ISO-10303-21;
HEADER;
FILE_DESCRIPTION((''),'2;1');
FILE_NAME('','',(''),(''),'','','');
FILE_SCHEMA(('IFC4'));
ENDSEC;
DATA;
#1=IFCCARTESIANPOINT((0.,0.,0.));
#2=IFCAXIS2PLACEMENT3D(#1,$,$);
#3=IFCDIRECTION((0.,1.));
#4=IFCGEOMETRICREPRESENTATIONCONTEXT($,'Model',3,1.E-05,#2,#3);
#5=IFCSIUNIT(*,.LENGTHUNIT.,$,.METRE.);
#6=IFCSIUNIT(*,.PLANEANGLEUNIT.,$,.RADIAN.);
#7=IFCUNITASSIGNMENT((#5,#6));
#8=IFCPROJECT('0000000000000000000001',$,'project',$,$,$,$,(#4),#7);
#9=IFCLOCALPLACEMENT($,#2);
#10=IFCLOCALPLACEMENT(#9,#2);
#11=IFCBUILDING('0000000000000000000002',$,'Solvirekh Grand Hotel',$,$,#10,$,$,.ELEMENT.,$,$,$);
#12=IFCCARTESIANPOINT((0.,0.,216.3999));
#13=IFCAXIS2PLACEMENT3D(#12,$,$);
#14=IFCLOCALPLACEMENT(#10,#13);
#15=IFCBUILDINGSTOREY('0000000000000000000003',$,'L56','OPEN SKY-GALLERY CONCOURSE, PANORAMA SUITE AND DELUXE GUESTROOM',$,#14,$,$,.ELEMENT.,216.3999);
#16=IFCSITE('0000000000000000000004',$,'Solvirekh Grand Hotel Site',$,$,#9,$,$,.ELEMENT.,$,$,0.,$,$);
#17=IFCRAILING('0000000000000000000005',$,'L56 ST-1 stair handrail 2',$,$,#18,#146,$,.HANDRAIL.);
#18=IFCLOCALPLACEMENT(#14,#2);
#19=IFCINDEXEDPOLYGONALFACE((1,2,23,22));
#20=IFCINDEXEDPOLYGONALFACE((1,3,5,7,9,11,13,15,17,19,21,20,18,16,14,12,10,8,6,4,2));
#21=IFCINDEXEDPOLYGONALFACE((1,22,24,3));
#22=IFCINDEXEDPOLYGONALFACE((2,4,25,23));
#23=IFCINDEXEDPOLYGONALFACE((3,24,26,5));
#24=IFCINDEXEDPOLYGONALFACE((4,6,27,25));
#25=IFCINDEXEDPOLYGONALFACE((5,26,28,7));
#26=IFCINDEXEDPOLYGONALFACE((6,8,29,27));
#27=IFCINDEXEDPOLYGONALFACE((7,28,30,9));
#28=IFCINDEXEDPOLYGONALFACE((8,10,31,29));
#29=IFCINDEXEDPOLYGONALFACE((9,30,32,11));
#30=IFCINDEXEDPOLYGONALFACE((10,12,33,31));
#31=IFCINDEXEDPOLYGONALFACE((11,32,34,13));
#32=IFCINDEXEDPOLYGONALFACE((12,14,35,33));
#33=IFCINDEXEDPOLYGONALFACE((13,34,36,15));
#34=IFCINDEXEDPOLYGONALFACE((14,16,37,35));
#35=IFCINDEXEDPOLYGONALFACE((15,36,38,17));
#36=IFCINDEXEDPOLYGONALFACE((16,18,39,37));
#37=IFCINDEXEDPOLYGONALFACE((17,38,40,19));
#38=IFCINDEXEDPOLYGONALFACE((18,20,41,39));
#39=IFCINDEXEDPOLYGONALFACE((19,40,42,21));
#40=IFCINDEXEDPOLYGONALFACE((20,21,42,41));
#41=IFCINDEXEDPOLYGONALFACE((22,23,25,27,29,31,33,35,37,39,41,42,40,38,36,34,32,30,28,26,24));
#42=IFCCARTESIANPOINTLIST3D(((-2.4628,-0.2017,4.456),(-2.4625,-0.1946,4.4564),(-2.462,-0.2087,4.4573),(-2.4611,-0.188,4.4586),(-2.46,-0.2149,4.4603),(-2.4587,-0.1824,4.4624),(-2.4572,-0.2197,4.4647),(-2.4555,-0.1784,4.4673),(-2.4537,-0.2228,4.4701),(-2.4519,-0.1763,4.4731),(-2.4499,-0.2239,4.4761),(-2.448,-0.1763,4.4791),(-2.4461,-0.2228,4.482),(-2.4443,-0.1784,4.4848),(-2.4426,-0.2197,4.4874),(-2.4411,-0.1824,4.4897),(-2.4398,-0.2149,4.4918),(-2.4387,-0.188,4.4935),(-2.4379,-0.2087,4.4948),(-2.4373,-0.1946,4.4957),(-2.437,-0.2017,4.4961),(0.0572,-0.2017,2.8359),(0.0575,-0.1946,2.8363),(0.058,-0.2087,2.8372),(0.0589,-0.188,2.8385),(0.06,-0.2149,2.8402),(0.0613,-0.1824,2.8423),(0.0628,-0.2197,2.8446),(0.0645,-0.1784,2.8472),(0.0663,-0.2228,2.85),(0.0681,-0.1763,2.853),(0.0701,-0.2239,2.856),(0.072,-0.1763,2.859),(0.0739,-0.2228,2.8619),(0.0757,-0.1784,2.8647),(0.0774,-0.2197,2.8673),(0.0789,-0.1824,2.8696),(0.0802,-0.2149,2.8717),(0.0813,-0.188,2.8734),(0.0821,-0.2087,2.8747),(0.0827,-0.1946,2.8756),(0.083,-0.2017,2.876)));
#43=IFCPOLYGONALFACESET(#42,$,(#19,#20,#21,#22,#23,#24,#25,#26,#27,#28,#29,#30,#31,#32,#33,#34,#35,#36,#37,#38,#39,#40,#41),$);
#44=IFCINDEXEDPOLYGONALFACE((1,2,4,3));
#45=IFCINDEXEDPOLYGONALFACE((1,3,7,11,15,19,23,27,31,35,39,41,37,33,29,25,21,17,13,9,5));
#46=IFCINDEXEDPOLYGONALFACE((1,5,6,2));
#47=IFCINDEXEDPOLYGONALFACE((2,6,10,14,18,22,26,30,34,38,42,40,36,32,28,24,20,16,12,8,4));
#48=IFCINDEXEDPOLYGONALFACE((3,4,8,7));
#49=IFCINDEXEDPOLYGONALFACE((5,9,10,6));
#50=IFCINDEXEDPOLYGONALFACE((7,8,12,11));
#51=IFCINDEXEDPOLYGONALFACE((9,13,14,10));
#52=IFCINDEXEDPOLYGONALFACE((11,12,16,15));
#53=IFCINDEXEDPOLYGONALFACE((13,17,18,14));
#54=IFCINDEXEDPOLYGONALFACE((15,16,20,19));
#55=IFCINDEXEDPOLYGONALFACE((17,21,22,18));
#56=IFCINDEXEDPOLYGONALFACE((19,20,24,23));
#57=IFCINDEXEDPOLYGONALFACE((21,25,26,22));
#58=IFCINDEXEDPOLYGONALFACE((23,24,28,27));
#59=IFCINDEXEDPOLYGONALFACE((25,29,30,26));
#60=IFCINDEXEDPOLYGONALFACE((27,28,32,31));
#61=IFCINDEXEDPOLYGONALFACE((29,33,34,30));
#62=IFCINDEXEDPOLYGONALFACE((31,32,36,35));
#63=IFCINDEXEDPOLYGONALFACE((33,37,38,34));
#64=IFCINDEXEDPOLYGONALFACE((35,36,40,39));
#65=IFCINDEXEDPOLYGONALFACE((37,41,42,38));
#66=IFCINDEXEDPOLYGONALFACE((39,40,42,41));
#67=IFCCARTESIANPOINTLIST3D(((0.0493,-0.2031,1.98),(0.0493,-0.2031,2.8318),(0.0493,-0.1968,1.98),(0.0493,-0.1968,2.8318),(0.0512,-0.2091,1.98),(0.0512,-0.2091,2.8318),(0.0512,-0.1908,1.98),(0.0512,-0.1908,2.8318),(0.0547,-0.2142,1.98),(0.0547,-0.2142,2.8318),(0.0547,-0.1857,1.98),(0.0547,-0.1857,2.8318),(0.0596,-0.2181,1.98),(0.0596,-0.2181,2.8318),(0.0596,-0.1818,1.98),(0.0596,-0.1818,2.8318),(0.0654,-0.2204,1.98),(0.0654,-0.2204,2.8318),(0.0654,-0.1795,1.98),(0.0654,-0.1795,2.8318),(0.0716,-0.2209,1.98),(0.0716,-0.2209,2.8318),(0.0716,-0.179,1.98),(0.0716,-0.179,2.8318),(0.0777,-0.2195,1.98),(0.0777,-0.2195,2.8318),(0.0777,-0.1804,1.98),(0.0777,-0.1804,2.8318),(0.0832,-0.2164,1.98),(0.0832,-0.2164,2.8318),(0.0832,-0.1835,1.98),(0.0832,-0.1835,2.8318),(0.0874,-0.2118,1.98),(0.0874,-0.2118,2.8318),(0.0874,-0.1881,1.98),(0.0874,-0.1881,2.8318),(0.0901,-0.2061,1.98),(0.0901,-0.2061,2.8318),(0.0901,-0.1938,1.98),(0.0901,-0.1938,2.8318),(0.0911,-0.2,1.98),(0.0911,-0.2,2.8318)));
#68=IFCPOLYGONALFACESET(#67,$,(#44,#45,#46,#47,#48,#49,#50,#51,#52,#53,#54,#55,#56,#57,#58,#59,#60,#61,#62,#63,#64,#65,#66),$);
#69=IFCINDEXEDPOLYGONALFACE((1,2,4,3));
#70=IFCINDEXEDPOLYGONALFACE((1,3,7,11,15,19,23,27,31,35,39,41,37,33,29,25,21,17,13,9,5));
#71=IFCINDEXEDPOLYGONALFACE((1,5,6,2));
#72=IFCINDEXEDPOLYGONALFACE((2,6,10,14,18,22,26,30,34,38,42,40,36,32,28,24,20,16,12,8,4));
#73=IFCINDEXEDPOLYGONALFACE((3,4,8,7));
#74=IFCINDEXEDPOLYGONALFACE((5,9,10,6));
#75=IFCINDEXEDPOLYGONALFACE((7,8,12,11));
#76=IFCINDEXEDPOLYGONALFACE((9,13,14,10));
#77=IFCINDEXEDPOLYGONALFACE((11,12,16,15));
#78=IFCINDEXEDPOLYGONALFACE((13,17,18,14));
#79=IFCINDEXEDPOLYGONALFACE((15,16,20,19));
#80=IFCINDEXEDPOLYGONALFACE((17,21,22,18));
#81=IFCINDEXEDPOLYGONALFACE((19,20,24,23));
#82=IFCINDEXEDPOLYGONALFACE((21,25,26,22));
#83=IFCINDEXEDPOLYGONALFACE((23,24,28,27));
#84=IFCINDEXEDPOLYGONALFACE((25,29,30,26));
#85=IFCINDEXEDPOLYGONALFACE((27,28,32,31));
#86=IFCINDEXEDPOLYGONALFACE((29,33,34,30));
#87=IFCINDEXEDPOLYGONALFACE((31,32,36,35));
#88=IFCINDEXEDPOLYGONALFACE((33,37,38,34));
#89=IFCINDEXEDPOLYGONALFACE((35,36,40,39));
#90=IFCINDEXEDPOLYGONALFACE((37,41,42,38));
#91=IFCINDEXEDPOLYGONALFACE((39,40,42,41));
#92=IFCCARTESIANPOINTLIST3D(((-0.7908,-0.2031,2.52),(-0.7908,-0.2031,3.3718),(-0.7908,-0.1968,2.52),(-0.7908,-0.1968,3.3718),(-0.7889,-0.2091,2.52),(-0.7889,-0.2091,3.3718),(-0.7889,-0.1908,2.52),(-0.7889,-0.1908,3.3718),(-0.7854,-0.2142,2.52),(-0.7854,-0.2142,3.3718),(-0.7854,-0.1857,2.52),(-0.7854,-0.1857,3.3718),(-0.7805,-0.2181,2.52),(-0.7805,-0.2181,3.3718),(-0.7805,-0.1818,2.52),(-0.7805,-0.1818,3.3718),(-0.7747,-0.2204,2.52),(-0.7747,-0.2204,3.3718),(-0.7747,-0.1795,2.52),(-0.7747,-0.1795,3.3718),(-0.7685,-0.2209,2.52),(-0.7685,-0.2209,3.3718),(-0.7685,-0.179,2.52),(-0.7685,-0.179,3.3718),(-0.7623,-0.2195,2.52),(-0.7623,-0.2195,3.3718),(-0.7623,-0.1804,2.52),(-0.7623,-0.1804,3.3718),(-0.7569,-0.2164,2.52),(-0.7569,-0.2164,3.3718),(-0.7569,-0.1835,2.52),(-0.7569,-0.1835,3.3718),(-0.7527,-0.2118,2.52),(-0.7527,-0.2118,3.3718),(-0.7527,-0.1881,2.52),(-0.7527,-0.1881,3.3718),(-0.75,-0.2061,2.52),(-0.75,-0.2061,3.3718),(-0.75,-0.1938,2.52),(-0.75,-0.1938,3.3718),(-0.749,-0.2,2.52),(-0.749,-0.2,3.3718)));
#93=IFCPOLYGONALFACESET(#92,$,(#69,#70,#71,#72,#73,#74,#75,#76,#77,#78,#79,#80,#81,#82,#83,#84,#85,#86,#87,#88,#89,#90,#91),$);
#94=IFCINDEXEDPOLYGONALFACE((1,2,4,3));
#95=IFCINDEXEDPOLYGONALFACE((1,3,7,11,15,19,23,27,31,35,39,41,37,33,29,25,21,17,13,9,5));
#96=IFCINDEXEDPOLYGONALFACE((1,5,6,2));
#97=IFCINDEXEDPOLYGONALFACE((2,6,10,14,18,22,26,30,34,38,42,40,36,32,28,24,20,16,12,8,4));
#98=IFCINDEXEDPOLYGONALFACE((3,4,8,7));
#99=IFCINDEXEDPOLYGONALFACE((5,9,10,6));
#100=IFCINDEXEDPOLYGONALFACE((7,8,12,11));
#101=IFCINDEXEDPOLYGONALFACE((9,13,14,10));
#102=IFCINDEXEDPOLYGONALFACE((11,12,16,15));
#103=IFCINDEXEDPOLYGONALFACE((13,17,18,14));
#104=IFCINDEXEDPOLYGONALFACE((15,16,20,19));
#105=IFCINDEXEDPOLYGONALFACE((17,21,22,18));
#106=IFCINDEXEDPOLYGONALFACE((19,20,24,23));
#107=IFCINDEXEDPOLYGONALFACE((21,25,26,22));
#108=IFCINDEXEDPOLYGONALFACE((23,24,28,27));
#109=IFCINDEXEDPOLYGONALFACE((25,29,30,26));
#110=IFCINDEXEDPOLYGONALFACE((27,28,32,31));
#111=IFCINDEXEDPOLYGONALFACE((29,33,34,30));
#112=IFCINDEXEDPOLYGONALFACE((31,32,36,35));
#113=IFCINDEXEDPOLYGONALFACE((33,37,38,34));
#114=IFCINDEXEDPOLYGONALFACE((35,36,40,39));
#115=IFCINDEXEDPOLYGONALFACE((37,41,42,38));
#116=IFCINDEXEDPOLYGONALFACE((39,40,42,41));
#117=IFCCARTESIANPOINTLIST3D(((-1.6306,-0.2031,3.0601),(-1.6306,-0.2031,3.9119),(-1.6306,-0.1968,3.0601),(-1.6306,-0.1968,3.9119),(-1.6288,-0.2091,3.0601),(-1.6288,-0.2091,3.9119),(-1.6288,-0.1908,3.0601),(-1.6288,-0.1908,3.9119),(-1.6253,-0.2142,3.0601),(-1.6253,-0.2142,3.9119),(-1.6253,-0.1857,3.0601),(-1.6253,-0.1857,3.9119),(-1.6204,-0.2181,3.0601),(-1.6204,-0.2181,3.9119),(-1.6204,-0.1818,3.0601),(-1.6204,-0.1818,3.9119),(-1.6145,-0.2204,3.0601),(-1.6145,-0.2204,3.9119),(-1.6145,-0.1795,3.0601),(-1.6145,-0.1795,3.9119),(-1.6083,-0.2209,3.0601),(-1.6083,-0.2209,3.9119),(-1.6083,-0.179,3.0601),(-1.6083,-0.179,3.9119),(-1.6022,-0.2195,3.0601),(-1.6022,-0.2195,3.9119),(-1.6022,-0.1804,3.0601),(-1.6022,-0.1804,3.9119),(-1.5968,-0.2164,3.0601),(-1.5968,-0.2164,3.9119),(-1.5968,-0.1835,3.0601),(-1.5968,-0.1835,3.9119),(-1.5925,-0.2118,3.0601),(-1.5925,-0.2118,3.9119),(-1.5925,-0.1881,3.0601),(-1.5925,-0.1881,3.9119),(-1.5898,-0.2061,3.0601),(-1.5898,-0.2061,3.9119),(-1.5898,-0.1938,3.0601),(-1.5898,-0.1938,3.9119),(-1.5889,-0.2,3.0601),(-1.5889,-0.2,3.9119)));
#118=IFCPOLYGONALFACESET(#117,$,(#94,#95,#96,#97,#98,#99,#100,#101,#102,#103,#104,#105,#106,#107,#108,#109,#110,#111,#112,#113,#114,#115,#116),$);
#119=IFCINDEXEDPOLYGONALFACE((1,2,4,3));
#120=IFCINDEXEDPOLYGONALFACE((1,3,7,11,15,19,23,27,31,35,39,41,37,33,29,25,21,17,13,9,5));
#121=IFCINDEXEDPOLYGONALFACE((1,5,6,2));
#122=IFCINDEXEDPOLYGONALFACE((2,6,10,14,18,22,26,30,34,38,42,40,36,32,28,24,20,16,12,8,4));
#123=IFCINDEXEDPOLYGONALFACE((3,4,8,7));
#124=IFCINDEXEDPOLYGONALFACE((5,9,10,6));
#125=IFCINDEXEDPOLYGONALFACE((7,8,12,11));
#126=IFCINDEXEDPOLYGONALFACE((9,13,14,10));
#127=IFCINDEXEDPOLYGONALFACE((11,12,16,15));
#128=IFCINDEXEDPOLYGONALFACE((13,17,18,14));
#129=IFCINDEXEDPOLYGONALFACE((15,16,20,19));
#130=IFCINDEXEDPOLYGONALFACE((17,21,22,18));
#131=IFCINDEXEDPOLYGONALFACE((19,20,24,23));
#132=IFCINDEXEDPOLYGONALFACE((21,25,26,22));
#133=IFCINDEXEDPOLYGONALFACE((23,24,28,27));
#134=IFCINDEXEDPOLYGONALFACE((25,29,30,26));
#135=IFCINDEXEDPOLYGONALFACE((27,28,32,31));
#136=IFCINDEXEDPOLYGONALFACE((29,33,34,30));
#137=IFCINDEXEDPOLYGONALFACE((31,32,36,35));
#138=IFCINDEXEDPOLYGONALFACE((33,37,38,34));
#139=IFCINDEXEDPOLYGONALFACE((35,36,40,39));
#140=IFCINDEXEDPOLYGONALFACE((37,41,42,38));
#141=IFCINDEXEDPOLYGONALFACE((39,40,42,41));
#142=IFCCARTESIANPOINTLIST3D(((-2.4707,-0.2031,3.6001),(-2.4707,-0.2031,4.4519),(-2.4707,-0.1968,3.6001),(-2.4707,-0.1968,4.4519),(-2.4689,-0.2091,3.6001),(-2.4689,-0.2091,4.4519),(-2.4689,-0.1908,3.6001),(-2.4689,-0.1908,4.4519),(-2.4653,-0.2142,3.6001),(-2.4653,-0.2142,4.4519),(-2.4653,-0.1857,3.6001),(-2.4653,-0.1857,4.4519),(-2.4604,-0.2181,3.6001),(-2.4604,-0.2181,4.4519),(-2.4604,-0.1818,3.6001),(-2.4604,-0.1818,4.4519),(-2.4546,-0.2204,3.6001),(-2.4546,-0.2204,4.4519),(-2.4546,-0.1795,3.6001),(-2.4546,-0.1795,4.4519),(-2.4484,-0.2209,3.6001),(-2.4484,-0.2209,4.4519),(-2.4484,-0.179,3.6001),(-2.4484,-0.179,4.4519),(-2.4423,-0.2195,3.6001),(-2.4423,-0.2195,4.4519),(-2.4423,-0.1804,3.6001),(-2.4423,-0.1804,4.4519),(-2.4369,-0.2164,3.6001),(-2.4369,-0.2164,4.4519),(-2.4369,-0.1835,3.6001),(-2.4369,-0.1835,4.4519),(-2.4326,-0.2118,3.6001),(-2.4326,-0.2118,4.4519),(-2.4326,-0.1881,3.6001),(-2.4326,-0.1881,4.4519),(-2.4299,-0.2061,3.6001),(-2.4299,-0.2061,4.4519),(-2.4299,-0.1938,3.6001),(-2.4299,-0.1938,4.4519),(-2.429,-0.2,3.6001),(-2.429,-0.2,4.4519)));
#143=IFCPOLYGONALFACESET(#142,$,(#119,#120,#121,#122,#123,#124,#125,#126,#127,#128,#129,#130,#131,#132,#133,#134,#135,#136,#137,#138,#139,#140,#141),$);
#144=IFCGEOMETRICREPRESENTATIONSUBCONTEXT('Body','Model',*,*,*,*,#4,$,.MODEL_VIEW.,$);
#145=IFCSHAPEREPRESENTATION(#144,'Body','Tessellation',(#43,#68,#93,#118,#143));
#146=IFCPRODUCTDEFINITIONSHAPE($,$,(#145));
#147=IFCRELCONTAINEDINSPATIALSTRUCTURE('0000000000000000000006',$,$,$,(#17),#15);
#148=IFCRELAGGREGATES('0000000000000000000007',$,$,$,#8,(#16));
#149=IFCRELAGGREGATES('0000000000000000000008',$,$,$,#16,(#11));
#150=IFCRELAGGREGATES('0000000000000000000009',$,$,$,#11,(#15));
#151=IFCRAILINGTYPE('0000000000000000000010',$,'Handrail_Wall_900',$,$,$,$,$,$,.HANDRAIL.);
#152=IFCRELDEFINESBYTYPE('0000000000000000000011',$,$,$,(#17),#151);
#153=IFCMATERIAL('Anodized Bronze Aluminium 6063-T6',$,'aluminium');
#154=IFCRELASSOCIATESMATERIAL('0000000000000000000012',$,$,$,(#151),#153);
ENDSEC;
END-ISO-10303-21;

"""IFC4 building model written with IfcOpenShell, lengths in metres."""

from ifc_helpers import new_model, si_unit, direction, frame, origin, origin_2d, place, context, subcontext, project, spatial, circle, extrude, material, type_object, element, save


model = new_model("IFC4")

# Units and contexts
model_context = context("Model", 3, precision=1e-05, world=origin(), true_north=direction((0.0, 1.0)))
body_context = subcontext(model_context, "Body", "Model", "MODEL_VIEW")
ifc_project = project(units=[si_unit("LENGTHUNIT", "METRE"), si_unit("PLANEANGLEUNIT", "RADIAN")], contexts=[model_context])

# Site, building, storey
site_placement = place(None, origin())
site = spatial("IfcSite", under=ifc_project, at=site_placement, Name="Solvirekh Grand Hotel Site", CompositionType="ELEMENT", RefElevation=0.0)
building_placement = place(site_placement, origin())
building = spatial("IfcBuilding", under=site, at=building_placement, Name="Solvirekh Grand Hotel", CompositionType="ELEMENT")
storey_placement = place(building_placement, frame((0.0, 0.0, 216.3999)))
storey = spatial("IfcBuildingStorey", under=building, at=storey_placement, Name="L56", Description="OPEN SKY-GALLERY CONCOURSE, PANORAMA SUITE AND DELUXE GUESTROOM", CompositionType="ELEMENT", Elevation=216.3999)

# Railing
ifc_material_1 = material(Name="Anodized Bronze Aluminium 6063-T6", Category="aluminium")
railing_type_1 = type_object("IfcRailingType", Name="Handrail_Wall_900", PredefinedType="HANDRAIL", material=ifc_material_1)
railing_1_placement = place(storey_placement, frame((0.0701, -0.2, 1.98)))
element("IfcRailing", 1, at=railing_1_placement, inside=storey, type_object=railing_type_1, Name="L56 ST-1 stair handrail 2", PredefinedType="HANDRAIL", context=body_context, shape_type="SweptSolid", body=[
    extrude(circle(Radius=0.0239, at=origin_2d()), frame((0.0, 0.0, 0.876), z_axis=(-0.841163, 0.0, 0.540782), x_axis=(0.0, -1.0, 0.0)), (0.0, 0.0, 1.0), 2.9958),
    extrude(circle(Radius=0.021, at=origin_2d()), origin(), (0.0, 0.0, 1.0), 0.8518),
    extrude(circle(Radius=0.021, at=origin_2d()), frame((-0.8401, 0.0, 0.54)), (0.0, 0.0, 1.0), 0.8518),
    extrude(circle(Radius=0.021, at=origin_2d()), frame((-1.6799, 0.0, 1.0801)), (0.0, 0.0, 1.0), 0.8518),
    extrude(circle(Radius=0.021, at=origin_2d()), frame((-2.52, 0.0, 1.6201)), (0.0, 0.0, 1.0), 0.8518),
])

save(model, "model.ifc")
